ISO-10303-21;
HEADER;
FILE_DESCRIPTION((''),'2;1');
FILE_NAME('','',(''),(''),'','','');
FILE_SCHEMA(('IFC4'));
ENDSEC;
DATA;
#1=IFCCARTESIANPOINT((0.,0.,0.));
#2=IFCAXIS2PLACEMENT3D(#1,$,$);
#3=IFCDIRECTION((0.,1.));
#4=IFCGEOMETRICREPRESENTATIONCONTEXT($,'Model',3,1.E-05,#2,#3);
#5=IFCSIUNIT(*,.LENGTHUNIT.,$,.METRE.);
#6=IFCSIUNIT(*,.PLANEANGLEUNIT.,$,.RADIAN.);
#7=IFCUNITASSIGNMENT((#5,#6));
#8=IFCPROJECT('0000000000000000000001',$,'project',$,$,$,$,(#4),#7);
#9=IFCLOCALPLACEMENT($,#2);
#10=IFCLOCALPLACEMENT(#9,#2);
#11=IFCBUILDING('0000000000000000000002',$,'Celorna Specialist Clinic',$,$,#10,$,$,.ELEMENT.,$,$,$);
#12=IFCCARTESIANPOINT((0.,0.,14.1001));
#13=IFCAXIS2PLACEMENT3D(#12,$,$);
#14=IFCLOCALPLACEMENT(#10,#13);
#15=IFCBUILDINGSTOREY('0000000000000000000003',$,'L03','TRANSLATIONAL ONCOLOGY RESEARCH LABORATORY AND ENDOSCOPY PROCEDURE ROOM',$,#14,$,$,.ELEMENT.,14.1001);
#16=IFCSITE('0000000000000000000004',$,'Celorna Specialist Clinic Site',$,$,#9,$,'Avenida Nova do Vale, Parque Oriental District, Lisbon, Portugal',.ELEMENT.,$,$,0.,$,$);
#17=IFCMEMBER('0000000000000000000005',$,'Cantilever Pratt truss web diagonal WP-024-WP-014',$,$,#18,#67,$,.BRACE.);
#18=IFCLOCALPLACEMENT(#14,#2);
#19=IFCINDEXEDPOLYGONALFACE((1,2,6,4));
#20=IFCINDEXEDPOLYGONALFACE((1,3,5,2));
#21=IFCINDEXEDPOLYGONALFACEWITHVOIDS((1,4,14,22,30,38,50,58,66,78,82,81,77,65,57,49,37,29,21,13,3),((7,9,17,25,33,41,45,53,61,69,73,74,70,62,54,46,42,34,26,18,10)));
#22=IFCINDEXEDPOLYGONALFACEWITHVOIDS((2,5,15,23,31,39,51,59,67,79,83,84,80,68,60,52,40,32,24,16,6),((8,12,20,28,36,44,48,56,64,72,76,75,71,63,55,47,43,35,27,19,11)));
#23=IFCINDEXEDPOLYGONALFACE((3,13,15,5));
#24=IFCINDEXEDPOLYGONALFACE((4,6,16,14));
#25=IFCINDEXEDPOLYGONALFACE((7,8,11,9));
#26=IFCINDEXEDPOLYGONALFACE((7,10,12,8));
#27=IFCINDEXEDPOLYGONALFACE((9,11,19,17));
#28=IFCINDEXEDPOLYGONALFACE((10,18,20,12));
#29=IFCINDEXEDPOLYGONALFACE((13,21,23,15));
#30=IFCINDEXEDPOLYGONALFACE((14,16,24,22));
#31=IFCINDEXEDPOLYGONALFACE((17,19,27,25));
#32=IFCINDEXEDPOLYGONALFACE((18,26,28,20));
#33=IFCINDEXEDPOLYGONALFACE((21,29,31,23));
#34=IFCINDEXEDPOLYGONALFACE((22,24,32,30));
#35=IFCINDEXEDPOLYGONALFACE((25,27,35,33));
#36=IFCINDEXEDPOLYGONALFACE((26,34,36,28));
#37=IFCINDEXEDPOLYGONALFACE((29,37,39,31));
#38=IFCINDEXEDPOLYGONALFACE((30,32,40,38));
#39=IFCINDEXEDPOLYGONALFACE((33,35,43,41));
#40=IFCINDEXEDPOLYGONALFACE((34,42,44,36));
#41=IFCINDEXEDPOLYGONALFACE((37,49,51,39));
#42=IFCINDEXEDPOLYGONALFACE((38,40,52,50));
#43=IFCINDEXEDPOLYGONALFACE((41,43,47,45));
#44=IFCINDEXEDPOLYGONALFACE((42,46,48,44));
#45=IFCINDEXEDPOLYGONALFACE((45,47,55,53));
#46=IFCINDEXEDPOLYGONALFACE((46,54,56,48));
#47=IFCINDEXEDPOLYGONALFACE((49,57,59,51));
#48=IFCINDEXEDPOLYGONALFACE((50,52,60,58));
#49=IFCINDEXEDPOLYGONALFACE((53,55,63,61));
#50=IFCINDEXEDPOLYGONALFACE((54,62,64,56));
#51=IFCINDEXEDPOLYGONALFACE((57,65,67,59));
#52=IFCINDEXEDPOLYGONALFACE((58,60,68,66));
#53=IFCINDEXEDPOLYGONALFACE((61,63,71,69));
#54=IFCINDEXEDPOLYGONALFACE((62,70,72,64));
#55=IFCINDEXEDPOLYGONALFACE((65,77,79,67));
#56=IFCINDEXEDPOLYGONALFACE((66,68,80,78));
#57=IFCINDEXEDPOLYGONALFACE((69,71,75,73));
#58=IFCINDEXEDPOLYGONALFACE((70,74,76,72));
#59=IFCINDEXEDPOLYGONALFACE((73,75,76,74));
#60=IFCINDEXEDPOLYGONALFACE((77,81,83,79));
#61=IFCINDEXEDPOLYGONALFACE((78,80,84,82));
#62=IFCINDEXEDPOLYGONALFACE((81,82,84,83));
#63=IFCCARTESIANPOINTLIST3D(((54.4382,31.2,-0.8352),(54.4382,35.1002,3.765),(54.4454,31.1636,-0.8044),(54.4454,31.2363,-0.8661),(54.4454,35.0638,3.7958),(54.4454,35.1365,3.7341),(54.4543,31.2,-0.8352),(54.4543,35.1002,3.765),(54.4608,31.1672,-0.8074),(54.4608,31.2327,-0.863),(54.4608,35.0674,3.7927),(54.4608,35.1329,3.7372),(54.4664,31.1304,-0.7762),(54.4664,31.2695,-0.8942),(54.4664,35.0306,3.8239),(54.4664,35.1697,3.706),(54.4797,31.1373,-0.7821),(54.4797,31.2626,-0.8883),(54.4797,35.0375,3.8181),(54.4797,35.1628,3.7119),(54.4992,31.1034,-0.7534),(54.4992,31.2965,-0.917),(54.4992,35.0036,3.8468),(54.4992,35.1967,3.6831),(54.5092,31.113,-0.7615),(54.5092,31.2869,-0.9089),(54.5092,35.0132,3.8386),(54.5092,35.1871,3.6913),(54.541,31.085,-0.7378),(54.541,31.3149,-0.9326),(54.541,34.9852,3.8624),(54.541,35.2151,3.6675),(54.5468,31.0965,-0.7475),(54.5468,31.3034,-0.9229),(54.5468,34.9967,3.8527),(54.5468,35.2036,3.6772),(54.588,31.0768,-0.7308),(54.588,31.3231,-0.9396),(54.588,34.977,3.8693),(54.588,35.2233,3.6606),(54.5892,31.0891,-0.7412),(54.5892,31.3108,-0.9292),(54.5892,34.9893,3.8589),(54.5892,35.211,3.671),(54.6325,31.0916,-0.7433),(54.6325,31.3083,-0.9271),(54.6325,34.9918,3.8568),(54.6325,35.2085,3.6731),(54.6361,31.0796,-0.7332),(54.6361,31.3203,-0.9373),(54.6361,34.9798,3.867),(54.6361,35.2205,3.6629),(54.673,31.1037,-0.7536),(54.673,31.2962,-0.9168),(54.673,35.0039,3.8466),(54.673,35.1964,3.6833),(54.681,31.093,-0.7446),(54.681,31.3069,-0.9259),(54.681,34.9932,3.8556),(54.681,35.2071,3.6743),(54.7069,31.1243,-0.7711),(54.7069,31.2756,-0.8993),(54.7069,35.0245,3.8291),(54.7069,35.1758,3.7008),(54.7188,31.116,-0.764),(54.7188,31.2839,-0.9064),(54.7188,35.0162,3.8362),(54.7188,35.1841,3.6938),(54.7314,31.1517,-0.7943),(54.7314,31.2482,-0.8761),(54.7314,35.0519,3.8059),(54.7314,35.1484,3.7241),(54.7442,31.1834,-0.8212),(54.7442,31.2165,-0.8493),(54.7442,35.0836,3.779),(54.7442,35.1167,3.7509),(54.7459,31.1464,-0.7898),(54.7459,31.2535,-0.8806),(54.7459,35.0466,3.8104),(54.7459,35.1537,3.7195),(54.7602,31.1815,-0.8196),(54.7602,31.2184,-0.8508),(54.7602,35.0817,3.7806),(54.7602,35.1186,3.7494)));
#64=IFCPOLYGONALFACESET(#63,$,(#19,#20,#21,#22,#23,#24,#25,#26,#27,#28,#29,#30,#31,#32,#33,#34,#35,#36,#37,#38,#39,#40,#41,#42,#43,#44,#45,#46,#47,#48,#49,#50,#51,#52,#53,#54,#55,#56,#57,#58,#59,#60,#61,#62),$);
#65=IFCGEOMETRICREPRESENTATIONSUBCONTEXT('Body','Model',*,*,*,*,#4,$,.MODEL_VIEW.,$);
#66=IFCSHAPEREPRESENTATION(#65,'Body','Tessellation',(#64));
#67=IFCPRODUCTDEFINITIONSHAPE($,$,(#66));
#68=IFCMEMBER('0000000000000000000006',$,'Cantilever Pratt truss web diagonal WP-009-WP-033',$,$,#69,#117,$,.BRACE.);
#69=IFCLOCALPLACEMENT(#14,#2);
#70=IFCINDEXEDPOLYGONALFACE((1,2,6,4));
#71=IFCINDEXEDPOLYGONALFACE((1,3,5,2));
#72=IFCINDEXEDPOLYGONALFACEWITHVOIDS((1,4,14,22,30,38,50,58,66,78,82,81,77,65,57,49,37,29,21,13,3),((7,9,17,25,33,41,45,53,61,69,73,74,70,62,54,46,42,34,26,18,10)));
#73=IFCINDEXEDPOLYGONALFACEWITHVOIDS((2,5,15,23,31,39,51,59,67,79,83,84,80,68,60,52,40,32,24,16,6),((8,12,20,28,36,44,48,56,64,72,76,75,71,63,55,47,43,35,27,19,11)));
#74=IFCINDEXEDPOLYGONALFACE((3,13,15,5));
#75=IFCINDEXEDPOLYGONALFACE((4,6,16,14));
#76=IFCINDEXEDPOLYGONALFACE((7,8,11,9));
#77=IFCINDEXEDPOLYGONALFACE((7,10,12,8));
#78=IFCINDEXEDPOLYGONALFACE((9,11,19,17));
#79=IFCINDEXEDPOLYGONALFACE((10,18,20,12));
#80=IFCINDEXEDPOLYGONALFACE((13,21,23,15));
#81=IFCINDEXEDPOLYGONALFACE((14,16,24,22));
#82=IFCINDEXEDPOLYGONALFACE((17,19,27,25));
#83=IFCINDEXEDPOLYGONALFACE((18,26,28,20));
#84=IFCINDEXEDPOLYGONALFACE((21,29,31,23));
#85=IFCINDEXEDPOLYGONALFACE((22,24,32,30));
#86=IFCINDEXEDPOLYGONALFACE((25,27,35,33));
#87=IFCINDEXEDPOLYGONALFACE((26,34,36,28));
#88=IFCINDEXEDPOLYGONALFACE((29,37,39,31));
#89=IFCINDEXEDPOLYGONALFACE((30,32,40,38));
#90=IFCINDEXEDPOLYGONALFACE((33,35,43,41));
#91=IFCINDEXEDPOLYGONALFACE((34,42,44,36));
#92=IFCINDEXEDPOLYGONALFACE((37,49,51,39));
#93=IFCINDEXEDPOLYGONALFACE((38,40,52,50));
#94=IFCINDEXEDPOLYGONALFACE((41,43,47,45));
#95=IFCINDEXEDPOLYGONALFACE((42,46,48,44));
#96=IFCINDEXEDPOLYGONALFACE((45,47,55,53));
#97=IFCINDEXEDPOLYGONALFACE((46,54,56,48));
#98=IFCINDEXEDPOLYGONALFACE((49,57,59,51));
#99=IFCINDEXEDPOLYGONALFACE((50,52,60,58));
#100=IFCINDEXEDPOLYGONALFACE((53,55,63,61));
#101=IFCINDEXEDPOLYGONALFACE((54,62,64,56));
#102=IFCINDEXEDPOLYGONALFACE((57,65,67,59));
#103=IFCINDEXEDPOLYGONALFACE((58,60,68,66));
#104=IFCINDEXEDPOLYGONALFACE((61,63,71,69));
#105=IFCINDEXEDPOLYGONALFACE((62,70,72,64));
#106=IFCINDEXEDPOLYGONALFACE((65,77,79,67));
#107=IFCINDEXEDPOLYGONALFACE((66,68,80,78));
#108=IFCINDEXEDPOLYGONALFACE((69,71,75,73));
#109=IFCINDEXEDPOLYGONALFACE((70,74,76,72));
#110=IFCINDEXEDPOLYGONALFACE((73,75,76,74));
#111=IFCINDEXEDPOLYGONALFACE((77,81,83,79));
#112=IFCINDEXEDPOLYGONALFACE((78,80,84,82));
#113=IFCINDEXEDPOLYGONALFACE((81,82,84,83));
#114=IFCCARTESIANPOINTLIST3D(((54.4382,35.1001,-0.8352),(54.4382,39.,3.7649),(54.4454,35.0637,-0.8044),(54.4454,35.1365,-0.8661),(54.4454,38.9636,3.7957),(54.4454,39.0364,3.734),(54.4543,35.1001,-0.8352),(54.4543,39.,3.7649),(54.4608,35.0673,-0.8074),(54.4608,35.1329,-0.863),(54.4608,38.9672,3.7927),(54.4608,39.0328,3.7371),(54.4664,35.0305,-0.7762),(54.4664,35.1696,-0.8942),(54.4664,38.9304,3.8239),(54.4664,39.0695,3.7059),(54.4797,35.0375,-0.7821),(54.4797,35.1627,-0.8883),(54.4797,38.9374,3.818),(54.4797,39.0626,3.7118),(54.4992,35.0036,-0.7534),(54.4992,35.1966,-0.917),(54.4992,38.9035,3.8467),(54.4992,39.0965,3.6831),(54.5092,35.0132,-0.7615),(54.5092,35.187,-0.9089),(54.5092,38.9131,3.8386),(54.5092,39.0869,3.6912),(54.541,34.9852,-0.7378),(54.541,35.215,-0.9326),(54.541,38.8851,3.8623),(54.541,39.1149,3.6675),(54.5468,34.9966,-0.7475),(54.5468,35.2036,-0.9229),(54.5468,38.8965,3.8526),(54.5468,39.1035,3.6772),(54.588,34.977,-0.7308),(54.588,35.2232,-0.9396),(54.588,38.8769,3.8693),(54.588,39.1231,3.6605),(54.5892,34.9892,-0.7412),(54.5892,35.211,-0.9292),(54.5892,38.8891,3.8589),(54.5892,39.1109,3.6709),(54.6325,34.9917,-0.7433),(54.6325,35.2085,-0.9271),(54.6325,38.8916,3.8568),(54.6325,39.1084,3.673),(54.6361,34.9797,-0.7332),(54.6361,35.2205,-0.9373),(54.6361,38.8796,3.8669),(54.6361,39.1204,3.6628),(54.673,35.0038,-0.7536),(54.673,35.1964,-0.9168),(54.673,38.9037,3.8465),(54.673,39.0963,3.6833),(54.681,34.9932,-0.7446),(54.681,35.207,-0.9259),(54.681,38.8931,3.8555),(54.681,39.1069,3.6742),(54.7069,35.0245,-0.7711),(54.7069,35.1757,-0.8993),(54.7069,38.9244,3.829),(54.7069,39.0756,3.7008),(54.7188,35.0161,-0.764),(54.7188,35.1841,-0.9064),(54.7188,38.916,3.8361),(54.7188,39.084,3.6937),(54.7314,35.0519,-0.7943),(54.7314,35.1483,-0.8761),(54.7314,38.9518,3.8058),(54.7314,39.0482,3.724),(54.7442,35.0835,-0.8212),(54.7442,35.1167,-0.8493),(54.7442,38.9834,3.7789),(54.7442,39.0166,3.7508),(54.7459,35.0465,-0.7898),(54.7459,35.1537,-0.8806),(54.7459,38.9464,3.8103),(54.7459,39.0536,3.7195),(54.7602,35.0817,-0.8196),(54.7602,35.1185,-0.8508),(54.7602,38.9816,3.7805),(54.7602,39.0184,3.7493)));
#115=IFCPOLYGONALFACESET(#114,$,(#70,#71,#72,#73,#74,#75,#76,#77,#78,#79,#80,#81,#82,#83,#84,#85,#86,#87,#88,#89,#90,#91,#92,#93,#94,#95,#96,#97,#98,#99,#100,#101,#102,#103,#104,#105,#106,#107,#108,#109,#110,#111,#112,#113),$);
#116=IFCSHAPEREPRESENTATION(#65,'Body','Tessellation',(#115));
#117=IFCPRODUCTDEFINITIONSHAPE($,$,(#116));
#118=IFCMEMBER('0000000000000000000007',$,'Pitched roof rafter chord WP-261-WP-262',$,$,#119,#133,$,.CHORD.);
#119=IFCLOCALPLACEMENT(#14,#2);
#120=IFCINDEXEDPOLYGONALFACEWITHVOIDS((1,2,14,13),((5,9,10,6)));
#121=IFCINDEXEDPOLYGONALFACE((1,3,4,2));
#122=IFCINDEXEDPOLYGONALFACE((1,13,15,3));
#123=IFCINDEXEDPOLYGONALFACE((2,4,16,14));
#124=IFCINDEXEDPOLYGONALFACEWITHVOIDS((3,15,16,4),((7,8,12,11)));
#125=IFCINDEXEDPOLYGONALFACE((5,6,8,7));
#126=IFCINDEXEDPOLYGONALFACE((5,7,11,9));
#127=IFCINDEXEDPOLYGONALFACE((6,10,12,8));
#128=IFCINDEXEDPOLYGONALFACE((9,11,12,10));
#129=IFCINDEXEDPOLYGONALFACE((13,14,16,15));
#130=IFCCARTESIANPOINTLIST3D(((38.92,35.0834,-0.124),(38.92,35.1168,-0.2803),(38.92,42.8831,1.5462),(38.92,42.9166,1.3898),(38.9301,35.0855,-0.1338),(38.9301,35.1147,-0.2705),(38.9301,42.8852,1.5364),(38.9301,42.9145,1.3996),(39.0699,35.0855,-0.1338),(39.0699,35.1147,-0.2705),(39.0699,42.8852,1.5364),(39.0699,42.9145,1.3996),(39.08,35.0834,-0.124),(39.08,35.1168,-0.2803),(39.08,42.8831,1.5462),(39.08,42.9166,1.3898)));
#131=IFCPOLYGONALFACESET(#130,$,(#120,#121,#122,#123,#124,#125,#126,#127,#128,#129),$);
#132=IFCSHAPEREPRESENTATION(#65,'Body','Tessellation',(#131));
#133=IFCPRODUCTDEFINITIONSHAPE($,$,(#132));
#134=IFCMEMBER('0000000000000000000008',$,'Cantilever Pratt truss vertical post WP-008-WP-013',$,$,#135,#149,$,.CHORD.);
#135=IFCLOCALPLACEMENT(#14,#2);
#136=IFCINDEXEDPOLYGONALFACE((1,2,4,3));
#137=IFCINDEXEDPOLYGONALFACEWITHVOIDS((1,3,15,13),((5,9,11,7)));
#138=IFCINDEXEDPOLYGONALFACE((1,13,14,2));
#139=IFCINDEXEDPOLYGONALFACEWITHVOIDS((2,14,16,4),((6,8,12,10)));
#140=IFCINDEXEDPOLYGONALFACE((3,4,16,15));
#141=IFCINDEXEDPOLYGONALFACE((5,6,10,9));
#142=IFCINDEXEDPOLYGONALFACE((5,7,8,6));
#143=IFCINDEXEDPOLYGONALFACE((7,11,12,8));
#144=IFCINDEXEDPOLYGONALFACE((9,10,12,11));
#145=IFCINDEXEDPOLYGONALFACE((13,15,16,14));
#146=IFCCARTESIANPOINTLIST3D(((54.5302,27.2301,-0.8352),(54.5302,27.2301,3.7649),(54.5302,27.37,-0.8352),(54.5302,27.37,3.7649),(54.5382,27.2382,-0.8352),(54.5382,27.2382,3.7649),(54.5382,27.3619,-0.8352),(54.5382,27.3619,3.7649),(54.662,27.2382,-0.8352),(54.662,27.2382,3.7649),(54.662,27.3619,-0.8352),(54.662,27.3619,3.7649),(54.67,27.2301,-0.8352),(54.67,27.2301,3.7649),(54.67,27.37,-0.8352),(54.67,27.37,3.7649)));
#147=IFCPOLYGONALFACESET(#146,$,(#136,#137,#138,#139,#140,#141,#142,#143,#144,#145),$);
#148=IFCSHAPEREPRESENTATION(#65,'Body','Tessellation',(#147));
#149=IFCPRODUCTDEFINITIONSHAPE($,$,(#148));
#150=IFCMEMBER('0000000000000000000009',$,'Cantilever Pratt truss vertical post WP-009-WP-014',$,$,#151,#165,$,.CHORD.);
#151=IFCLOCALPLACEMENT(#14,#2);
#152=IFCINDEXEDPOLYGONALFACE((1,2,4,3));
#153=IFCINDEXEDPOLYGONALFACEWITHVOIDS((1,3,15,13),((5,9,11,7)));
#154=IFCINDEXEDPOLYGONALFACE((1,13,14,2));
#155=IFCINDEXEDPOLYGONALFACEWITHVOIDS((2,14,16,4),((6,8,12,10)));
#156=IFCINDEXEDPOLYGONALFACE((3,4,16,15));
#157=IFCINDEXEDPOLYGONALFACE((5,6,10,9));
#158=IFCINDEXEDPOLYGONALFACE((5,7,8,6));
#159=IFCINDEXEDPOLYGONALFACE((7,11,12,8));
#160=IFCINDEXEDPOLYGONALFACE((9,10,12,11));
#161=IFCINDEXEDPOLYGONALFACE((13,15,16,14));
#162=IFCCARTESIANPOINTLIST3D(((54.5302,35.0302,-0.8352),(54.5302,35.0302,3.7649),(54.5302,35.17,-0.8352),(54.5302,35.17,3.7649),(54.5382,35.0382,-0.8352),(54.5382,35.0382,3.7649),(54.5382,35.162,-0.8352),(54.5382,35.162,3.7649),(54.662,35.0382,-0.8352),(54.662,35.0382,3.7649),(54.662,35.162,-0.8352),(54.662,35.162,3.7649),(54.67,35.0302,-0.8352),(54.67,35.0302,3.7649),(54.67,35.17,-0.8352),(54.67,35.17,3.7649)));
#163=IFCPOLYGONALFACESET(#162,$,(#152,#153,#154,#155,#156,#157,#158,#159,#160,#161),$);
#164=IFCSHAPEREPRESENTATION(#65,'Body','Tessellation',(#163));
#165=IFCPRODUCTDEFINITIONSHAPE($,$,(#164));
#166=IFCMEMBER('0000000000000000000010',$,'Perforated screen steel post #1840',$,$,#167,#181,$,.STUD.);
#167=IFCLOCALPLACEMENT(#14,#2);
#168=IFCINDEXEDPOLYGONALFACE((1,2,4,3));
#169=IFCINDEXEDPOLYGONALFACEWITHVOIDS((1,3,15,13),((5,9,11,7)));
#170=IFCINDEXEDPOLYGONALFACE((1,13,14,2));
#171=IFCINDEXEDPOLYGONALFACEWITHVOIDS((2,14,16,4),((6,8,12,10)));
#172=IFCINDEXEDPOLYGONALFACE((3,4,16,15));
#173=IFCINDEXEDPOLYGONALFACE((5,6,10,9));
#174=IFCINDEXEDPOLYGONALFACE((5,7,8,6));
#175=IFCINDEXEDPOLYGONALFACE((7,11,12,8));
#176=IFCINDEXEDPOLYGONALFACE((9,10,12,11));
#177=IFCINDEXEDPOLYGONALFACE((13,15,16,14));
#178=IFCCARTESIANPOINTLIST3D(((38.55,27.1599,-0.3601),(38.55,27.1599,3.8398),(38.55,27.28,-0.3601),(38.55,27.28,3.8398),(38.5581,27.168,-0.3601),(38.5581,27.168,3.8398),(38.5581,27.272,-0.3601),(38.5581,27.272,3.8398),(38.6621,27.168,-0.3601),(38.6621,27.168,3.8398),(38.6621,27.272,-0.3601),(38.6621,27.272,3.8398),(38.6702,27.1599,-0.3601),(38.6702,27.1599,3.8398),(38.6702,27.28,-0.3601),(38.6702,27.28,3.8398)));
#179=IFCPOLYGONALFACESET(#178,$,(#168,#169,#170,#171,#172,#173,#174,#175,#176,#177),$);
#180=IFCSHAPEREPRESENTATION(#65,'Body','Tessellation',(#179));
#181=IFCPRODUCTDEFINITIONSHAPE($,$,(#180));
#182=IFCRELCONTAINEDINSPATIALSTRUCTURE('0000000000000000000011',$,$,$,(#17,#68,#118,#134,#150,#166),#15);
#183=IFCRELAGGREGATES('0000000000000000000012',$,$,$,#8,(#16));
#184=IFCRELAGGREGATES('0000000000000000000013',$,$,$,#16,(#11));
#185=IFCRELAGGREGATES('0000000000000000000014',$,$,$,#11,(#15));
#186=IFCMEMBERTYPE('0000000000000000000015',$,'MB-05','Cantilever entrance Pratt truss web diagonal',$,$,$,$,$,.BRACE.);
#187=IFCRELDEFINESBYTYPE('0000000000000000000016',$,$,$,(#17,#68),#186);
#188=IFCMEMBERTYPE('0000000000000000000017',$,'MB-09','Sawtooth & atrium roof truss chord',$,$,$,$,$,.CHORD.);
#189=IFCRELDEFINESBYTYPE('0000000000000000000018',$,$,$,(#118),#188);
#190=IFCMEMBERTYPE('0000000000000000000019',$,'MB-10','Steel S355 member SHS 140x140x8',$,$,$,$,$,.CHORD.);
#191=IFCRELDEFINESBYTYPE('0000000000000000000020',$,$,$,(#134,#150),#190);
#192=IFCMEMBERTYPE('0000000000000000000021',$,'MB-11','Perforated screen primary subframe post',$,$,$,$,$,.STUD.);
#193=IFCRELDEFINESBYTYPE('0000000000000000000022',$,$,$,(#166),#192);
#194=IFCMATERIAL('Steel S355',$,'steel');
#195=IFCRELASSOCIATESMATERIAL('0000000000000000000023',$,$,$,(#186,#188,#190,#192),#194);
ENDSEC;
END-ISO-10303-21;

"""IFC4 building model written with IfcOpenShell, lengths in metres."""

from ifc_helpers import new_model, si_unit, direction, frame, origin, origin_2d, place, context, subcontext, project, spatial, hollow_rectangle, hollow_circle, extrude, material, material_profile, profile_set, type_object, element, save


model = new_model("IFC4")

# Units and contexts
model_context = context("Model", 3, precision=1e-05, world=origin(), true_north=direction((0.0, 1.0)))
body_context = subcontext(model_context, "Body", "Model", "MODEL_VIEW")
ifc_project = project(units=[si_unit("LENGTHUNIT", "METRE"), si_unit("PLANEANGLEUNIT", "RADIAN")], contexts=[model_context])

# Site, building, storey
site_placement = place(None, origin())
site = spatial("IfcSite", under=ifc_project, at=site_placement, Name="Celorna Specialist Clinic Site", LongName="Avenida Nova do Vale, Parque Oriental District, Lisbon, Portugal", CompositionType="ELEMENT", RefElevation=0.0)
building_placement = place(site_placement, origin())
building = spatial("IfcBuilding", under=site, at=building_placement, Name="Celorna Specialist Clinic", CompositionType="ELEMENT")
storey_placement = place(building_placement, frame((0.0, 0.0, 14.1001)))
storey = spatial("IfcBuildingStorey", under=building, at=storey_placement, Name="L03", Description="TRANSLATIONAL ONCOLOGY RESEARCH LABORATORY AND ENDOSCOPY PROCEDURE ROOM", CompositionType="ELEMENT", Elevation=14.1001)

# Shared definitions
ifc_material_1 = material(Name="Steel S355", Category="steel")

# Members
ifc_material_profile_1 = material_profile(ifc_material_1, hollow_circle(Radius=0.1619, WallThickness=0.0161, at=origin_2d()), Name="CHS 323.9x16")
ifc_profile_set_1 = profile_set([ifc_material_profile_1], Name="Steel S355")
member_type_1 = type_object("IfcMemberType", Name="MB-05", Description="Cantilever entrance Pratt truss web diagonal", PredefinedType="BRACE", material=ifc_profile_set_1)
member_1_placement = place(storey_placement, frame((54.6001, 31.2, -0.8352), z_axis=(0.0, 0.646691, 0.762752), x_axis=(-1.0, 0.0, 0.0)))
element("IfcMember", 1, at=member_1_placement, inside=storey, type_object=member_type_1, Name="Cantilever Pratt truss web diagonal WP-024-WP-014", PredefinedType="BRACE", context=body_context, shape_type="SweptSolid", body=[
    extrude(hollow_circle(Radius=0.1619, WallThickness=0.0161, at=origin_2d()), origin(), (0.0, 0.0, 1.0), 6.031),
])
member_2_placement = place(storey_placement, frame((54.6001, 35.1001, -0.8352), z_axis=(0.0, 0.646668, 0.762772), x_axis=(-1.0, 0.0, 0.0)))
element("IfcMember", 2, at=member_2_placement, inside=storey, type_object=member_type_1, Name="Cantilever Pratt truss web diagonal WP-009-WP-033", PredefinedType="BRACE", context=body_context, shape_type="SweptSolid", body=[
    extrude(hollow_circle(Radius=0.1619, WallThickness=0.0161, at=origin_2d()), origin(), (0.0, 0.0, 1.0), 6.0308),
])
ifc_material_profile_2 = material_profile(ifc_material_1, hollow_rectangle(XDim=0.1599, YDim=0.1599, WallThickness=0.01, at=origin_2d()), Name="SHS 160x160x10")
ifc_profile_set_2 = profile_set([ifc_material_profile_2], Name="Steel S355")
member_type_2 = type_object("IfcMemberType", Name="MB-09", Description="Sawtooth & atrium roof truss chord", PredefinedType="CHORD", material=ifc_profile_set_2)
member_3_placement = place(storey_placement, frame((39.0, 35.1001, -0.2021), z_axis=(0.0, 0.977834, 0.209383), x_axis=(-1.0, 0.0, 0.0)))
element("IfcMember", 3, at=member_3_placement, inside=storey, type_object=member_type_2, Name="Pitched roof rafter chord WP-261-WP-262", PredefinedType="CHORD", context=body_context, shape_type="SweptSolid", body=[
    extrude(hollow_rectangle(XDim=0.1599, YDim=0.1599, WallThickness=0.01, at=origin_2d()), origin(), (0.0, 0.0, 1.0), 7.9766),
])
ifc_material_profile_3 = material_profile(ifc_material_1, hollow_rectangle(XDim=0.1399, YDim=0.1399, WallThickness=0.0081, at=origin_2d()), Name="SHS 140x140x8")
ifc_profile_set_3 = profile_set([ifc_material_profile_3], Name="Steel S355")
member_type_3 = type_object("IfcMemberType", Name="MB-10", Description="Steel S355 member SHS 140x140x8", PredefinedType="CHORD", material=ifc_profile_set_3)
for number, where, z_axis, x_axis, name in (
    (4, (54.6001, 27.3, -0.8352), (0.0, 0.0, 1.0), (1.0, 0.0, 0.0), "Cantilever Pratt truss vertical post WP-008-WP-013"),
    (5, (54.6001, 35.1001, -0.8352), (0.0, 0.0, 1.0), (1.0, 0.0, 0.0), "Cantilever Pratt truss vertical post WP-009-WP-014"),
):
    element("IfcMember", number, at=place(storey_placement, frame(where, z_axis=z_axis, x_axis=x_axis)), inside=storey, type_object=member_type_3, Name=name, PredefinedType="CHORD", context=body_context, shape_type="SweptSolid", body=[
        extrude(hollow_rectangle(XDim=0.1399, YDim=0.1399, WallThickness=0.0081, at=origin_2d()), origin(), (0.0, 0.0, 1.0), 4.6001),
    ])
ifc_material_profile_4 = material_profile(ifc_material_1, hollow_rectangle(XDim=0.1201, YDim=0.1201, WallThickness=0.0081, at=origin_2d()), Name="SHS 120x120x8")
ifc_profile_set_4 = profile_set([ifc_material_profile_4], Name="Steel S355")
member_type_4 = type_object("IfcMemberType", Name="MB-11", Description="Perforated screen primary subframe post", PredefinedType="STUD", material=ifc_profile_set_4)
member_4_placement = place(storey_placement, frame((38.6101, 27.22, -0.3601), z_axis=(0.0, 0.0, 1.0), x_axis=(1.0, 0.0, 0.0)))
element("IfcMember", 6, at=member_4_placement, inside=storey, type_object=member_type_4, Name="Perforated screen steel post #1840", PredefinedType="STUD", context=body_context, shape_type="SweptSolid", body=[
    extrude(hollow_rectangle(XDim=0.1201, YDim=0.1201, WallThickness=0.0081, at=origin_2d()), origin(), (0.0, 0.0, 1.0), 4.2),
])

save(model, "model.ifc")
